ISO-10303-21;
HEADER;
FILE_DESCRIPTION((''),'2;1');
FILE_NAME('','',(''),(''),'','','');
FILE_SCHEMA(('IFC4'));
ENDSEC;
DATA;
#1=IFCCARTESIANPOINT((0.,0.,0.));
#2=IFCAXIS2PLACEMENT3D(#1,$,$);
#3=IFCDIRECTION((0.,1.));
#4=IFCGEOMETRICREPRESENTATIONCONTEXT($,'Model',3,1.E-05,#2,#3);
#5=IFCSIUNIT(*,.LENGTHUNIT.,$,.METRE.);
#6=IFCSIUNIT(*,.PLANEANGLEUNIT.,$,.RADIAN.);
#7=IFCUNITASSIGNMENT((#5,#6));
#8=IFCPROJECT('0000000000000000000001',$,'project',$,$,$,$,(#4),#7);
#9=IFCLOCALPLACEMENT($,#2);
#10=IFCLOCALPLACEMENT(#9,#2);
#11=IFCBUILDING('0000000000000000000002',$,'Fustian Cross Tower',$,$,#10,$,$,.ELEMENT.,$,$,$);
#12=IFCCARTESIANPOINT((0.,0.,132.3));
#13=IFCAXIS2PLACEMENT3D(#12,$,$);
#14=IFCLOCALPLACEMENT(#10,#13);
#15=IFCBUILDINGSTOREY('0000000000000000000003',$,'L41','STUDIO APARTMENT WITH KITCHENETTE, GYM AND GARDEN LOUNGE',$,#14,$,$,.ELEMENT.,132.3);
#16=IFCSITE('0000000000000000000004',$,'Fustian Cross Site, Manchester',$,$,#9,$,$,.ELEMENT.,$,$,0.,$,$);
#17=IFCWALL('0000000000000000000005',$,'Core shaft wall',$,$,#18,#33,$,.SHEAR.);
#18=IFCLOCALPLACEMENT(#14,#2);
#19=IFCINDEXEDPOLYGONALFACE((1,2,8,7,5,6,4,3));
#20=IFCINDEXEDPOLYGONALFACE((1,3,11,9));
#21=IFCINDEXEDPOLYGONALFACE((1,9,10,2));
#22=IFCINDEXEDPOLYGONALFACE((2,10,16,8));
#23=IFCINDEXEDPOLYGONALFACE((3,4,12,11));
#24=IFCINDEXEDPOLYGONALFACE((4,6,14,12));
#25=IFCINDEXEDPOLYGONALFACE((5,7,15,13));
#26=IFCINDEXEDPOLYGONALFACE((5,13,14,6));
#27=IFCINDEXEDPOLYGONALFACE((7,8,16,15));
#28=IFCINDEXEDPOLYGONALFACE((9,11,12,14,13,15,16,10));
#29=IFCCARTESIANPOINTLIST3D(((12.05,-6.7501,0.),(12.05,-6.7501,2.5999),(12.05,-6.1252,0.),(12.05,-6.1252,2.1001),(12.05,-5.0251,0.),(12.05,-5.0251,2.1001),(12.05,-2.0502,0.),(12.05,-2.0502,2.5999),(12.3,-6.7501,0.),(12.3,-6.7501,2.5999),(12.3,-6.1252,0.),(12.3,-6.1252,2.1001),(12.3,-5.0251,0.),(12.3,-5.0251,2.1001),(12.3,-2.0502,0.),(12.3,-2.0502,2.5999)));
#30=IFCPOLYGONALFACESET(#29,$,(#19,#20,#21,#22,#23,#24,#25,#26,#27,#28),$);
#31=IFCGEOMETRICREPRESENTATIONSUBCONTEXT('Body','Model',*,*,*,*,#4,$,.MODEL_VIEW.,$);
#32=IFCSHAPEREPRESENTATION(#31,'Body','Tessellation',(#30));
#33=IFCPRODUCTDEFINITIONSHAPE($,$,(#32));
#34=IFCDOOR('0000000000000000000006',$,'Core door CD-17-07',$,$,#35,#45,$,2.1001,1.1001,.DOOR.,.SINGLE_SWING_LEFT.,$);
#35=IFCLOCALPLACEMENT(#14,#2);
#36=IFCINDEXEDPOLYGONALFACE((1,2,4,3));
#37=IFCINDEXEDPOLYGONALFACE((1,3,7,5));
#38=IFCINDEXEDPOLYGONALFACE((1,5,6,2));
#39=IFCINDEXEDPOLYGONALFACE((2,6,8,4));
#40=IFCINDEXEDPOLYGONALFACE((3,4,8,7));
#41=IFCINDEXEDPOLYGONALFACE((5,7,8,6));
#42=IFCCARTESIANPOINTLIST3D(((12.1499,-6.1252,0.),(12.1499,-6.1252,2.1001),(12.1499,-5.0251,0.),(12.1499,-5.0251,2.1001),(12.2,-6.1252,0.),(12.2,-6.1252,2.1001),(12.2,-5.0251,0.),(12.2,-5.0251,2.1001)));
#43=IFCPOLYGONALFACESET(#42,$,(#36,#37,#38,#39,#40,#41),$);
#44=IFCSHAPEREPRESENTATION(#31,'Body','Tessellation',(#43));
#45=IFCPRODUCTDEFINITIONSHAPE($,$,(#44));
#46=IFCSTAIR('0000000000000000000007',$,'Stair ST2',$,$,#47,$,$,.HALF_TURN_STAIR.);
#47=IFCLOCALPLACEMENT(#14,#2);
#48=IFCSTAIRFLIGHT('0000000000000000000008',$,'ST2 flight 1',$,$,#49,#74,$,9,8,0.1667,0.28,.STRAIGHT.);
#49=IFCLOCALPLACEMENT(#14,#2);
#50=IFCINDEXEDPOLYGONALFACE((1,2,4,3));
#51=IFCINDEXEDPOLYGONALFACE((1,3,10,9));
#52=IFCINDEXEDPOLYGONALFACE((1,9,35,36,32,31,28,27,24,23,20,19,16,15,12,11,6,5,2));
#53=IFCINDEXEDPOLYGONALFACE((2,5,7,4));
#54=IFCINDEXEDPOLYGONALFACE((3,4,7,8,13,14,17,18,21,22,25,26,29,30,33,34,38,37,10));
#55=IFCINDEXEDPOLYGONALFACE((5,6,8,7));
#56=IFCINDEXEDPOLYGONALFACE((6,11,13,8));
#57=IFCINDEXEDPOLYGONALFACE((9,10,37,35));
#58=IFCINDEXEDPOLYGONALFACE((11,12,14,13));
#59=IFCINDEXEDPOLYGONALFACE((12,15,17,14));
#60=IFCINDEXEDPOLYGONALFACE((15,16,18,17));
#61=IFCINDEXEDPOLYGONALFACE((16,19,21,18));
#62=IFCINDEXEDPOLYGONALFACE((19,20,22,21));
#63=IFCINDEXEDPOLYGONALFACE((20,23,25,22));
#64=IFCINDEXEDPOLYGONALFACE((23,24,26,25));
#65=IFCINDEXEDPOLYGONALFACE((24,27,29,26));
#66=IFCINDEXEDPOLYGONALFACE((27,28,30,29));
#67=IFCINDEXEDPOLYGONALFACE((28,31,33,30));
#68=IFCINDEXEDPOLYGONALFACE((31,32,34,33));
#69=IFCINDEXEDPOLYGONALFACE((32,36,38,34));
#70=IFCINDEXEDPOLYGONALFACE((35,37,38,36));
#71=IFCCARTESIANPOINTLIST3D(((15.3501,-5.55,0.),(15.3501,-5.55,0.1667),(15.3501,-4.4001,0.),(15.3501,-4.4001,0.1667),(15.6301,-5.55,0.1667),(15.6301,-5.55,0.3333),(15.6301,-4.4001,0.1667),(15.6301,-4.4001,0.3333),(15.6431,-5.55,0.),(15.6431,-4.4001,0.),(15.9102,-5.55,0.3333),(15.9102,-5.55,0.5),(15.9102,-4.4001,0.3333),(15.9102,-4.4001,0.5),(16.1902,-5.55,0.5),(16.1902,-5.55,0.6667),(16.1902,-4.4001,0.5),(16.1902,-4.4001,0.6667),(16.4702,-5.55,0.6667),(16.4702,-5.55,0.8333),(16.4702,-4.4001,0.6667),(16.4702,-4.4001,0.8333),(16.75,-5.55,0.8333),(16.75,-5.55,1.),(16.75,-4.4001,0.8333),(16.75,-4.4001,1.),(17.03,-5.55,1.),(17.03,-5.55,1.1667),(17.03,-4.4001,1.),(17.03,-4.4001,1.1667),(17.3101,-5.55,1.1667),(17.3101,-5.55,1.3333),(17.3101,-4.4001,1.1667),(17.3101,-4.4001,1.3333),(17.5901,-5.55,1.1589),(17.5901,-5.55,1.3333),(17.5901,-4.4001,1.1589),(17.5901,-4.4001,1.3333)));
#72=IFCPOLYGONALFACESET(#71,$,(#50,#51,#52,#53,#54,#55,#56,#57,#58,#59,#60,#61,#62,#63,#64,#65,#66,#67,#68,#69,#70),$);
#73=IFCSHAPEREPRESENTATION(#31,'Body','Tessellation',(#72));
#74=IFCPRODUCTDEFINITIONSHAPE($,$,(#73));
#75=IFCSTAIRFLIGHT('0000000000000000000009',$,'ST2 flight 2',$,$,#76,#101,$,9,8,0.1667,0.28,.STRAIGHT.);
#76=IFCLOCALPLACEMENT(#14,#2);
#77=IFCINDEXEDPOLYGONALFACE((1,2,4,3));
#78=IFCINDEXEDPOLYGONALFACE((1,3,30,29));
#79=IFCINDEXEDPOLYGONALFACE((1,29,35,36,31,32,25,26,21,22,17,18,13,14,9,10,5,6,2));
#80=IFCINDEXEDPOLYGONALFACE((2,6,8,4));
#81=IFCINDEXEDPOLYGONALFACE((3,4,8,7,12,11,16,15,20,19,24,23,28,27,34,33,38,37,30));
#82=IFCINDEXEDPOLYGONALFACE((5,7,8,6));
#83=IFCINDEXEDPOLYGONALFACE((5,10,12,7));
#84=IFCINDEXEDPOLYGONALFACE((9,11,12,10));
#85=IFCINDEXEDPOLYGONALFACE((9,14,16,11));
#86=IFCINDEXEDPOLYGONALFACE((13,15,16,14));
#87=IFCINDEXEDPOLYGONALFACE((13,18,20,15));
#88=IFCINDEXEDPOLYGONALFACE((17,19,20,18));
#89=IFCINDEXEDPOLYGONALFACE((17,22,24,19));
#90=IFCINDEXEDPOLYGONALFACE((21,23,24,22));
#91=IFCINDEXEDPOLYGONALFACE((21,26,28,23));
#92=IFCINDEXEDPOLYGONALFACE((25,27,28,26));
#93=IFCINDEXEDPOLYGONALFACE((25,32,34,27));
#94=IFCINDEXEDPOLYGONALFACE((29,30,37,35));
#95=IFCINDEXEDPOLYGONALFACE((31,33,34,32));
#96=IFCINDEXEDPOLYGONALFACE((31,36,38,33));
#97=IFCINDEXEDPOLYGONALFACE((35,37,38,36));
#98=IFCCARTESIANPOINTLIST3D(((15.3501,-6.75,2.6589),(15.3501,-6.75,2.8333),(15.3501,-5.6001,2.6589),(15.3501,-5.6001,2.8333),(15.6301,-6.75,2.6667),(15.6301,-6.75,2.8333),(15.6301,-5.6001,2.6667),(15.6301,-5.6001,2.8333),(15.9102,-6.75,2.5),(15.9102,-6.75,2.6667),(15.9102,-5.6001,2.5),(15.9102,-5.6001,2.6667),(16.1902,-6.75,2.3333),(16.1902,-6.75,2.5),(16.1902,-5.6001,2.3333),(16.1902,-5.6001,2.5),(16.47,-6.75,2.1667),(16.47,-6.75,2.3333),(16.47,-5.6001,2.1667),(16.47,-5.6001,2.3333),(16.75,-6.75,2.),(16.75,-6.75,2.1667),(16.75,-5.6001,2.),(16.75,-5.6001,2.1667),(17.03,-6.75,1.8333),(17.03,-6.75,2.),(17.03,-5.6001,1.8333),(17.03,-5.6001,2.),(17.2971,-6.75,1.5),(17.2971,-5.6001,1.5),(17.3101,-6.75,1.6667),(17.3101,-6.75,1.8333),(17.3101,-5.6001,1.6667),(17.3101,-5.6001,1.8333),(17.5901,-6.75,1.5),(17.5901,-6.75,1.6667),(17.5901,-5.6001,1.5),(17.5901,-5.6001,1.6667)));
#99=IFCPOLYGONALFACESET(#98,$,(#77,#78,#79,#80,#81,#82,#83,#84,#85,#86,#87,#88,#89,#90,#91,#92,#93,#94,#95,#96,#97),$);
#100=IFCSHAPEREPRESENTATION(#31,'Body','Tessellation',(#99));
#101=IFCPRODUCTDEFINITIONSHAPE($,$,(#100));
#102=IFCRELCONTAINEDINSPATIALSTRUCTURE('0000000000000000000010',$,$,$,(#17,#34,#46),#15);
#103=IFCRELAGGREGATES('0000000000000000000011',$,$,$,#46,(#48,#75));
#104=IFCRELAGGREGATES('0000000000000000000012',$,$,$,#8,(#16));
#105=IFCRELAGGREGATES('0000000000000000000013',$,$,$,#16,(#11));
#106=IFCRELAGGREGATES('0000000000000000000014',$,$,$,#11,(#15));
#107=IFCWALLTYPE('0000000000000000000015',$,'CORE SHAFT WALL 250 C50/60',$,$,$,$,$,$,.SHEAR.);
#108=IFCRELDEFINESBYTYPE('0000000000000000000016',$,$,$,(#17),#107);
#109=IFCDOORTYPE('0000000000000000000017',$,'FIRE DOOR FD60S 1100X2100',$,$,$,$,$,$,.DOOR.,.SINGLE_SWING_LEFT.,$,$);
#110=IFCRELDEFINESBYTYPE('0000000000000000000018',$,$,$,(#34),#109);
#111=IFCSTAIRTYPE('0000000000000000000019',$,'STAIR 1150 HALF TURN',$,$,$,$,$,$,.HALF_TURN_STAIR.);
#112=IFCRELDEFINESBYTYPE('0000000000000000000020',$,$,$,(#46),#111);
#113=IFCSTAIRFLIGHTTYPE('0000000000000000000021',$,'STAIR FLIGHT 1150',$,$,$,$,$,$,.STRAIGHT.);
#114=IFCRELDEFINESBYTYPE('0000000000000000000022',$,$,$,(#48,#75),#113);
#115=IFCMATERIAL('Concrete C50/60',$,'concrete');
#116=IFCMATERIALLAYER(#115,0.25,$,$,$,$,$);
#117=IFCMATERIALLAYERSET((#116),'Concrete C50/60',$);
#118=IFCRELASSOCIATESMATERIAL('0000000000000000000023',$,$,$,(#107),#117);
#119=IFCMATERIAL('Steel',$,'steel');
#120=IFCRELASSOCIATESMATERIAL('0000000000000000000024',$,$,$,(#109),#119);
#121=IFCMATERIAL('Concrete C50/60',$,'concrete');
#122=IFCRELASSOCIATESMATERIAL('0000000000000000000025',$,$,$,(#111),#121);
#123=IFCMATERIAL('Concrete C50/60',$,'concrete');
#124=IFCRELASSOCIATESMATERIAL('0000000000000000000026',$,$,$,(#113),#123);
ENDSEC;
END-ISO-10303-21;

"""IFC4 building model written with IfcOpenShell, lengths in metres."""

from ifc_helpers import new_model, si_unit, direction, frame, frame_2d, origin, place, context, subcontext, project, spatial, polyline, rectangle, outline, extrude, material, layer, layer_set, type_object, element, fill, aggregate, save


model = new_model("IFC4")

# Units and contexts
model_context = context("Model", 3, precision=1e-05, world=origin(), true_north=direction((0.0, 1.0)))
body_context = subcontext(model_context, "Body", "Model", "MODEL_VIEW")
ifc_project = project(units=[si_unit("LENGTHUNIT", "METRE"), si_unit("PLANEANGLEUNIT", "RADIAN")], contexts=[model_context])

# Site, building, storey
site_placement = place(None, origin())
site = spatial("IfcSite", under=ifc_project, at=site_placement, Name="Fustian Cross Site, Manchester", CompositionType="ELEMENT", RefElevation=0.0)
building_placement = place(site_placement, origin())
building = spatial("IfcBuilding", under=site, at=building_placement, Name="Fustian Cross Tower", CompositionType="ELEMENT")
storey_placement = place(building_placement, frame((0.0, 0.0, 132.3)))
storey = spatial("IfcBuildingStorey", under=building, at=storey_placement, Name="L41", Description="STUDIO APARTMENT WITH KITCHENETTE, GYM AND GARDEN LOUNGE", CompositionType="ELEMENT", Elevation=132.3)

# Shared definitions
ifc_material_1 = material(Name="Concrete C50/60", Category="concrete")
ifc_layer_1 = layer(ifc_material_1, 0.25)
ifc_layer_set_1 = layer_set([ifc_layer_1], Name="Concrete C50/60")
wall_type_1 = type_object("IfcWallType", Name="CORE SHAFT WALL 250 C50/60", PredefinedType="SHEAR", material=ifc_layer_set_1)

# Wall, opening, door
wall_1_placement = place(storey_placement, frame((12.175, -2.05, 0.0), z_axis=(0.0, 0.0, 1.0), x_axis=(0.0, -1.0, 0.0)))
wall_1 = element("IfcWall", 1, at=wall_1_placement, inside=storey, type_object=wall_type_1, Name="Core shaft wall", PredefinedType="SHEAR", context=body_context, shape_type="SweptSolid", body=[
    extrude(rectangle(XDim=4.7, YDim=0.25, at=frame_2d((2.3501, 0.0))), origin(), (0.0, 0.0, 1.0), 2.5999),
])
opening_1_placement = place(wall_1_placement, frame((2.9751, 0.0, 0.0)))
opening_1 = element("IfcOpeningElement", 2, at=opening_1_placement, cuts=wall_1, PredefinedType="OPENING", context=body_context, shape_type="SweptSolid", body=[
    extrude(rectangle(XDim=1.1001, YDim=2.1001, at=frame_2d((0.55, 1.05))), frame((0.0, 0.135, 0.0), z_axis=(0.0, -1.0, 0.0), x_axis=(1.0, 0.0, 0.0)), (0.0, 0.0, 1.0), 0.27),
])
ifc_material_2 = material(Name="Steel", Category="steel")
door_type_1 = type_object("IfcDoorType", Name="FIRE DOOR FD60S 1100X2100", OperationType="SINGLE_SWING_LEFT", PredefinedType="DOOR", material=ifc_material_2)
door_1_placement = place(opening_1_placement, origin())
door_1 = element("IfcDoor", 3, at=door_1_placement, inside=storey, type_object=door_type_1, Name="Core door CD-17-07", OperationType="SINGLE_SWING_LEFT", OverallHeight=2.1001, OverallWidth=1.1001, PredefinedType="DOOR", context=body_context, shape_type="SweptSolid", body=[
    extrude(rectangle(XDim=1.1001, YDim=2.1001, at=frame_2d((0.55, 1.05))), frame((0.0, 0.0249, 0.0), z_axis=(0.0, -1.0, 0.0), x_axis=(1.0, 0.0, 0.0)), (0.0, 0.0, 1.0), 0.05),
])
fill(opening_1, door_1)

# Stair, stair flights
ifc_material_3 = material(Name="Concrete C50/60", Category="concrete")
stair_type = type_object("IfcStairType", Name="STAIR 1150 HALF TURN", PredefinedType="HALF_TURN_STAIR", material=ifc_material_3)
stair_placement = place(storey_placement, origin())
stair = element("IfcStair", 4, at=stair_placement, inside=storey, type_object=stair_type, Name="Stair ST2", PredefinedType="HALF_TURN_STAIR")
ifc_material_4 = material(Name="Concrete C50/60", Category="concrete")
stair_flight_type = type_object("IfcStairFlightType", Name="STAIR FLIGHT 1150", PredefinedType="STRAIGHT", material=ifc_material_4)
stair_flight_1_placement = place(storey_placement, frame((15.3501, -4.9751, 0.0), z_axis=(0.0, 0.0, 1.0), x_axis=(1.0, 0.0, 0.0)))
stair_flight_1 = element("IfcStairFlight", 5, at=stair_flight_1_placement, type_object=stair_flight_type, Name="ST2 flight 1", NumberOfRisers=9, NumberOfTreads=8, PredefinedType="STRAIGHT", RiserHeight=0.1667, TreadLength=0.28, context=body_context, shape_type="SweptSolid", body=[
    extrude(outline(polyline([(0.0, 0.0), (0.0, 0.1667), (0.28, 0.1667), (0.28, 0.3333), (0.5601, 0.3333), (0.5601, 0.5), (0.8401, 0.5), (0.8401, 0.6667), (1.1201, 0.6667), (1.1201, 0.8333), (1.3999, 0.8333), (1.3999, 1.0), (1.6799, 1.0), (1.6799, 1.1667), (1.96, 1.1667), (1.96, 1.3333), (2.24, 1.3333), (2.24, 1.5), (2.24, 1.1589), (0.293, 0.0), (0.0, 0.0)])), frame((0.0, 0.575, 0.0), z_axis=(0.0, -1.0, 0.0), x_axis=(1.0, 0.0, 0.0)), (0.0, 0.0, 1.0), 1.1499),
])
stair_flight_2_placement = place(storey_placement, frame((17.5901, -6.175, 1.5), z_axis=(0.0, 0.0, 1.0), x_axis=(-1.0, 0.0, 0.0)))
stair_flight_2 = element("IfcStairFlight", 6, at=stair_flight_2_placement, type_object=stair_flight_type, Name="ST2 flight 2", NumberOfRisers=9, NumberOfTreads=8, PredefinedType="STRAIGHT", RiserHeight=0.1667, TreadLength=0.28, context=body_context, shape_type="SweptSolid", body=[
    extrude(outline(polyline([(0.0, 0.0), (0.0, 0.1667), (0.28, 0.1667), (0.28, 0.3333), (0.5601, 0.3333), (0.5601, 0.5), (0.8401, 0.5), (0.8401, 0.6667), (1.1201, 0.6667), (1.1201, 0.8333), (1.3999, 0.8333), (1.3999, 1.0), (1.6799, 1.0), (1.6799, 1.1667), (1.96, 1.1667), (1.96, 1.3333), (2.24, 1.3333), (2.24, 1.5), (2.24, 1.1589), (0.293, 0.0), (0.0, 0.0)])), frame((0.0, 0.575, 0.0), z_axis=(0.0, -1.0, 0.0), x_axis=(1.0, 0.0, 0.0)), (0.0, 0.0, 1.0), 1.1499),
])
aggregate(stair, [stair_flight_1, stair_flight_2])

save(model, "model.ifc")
